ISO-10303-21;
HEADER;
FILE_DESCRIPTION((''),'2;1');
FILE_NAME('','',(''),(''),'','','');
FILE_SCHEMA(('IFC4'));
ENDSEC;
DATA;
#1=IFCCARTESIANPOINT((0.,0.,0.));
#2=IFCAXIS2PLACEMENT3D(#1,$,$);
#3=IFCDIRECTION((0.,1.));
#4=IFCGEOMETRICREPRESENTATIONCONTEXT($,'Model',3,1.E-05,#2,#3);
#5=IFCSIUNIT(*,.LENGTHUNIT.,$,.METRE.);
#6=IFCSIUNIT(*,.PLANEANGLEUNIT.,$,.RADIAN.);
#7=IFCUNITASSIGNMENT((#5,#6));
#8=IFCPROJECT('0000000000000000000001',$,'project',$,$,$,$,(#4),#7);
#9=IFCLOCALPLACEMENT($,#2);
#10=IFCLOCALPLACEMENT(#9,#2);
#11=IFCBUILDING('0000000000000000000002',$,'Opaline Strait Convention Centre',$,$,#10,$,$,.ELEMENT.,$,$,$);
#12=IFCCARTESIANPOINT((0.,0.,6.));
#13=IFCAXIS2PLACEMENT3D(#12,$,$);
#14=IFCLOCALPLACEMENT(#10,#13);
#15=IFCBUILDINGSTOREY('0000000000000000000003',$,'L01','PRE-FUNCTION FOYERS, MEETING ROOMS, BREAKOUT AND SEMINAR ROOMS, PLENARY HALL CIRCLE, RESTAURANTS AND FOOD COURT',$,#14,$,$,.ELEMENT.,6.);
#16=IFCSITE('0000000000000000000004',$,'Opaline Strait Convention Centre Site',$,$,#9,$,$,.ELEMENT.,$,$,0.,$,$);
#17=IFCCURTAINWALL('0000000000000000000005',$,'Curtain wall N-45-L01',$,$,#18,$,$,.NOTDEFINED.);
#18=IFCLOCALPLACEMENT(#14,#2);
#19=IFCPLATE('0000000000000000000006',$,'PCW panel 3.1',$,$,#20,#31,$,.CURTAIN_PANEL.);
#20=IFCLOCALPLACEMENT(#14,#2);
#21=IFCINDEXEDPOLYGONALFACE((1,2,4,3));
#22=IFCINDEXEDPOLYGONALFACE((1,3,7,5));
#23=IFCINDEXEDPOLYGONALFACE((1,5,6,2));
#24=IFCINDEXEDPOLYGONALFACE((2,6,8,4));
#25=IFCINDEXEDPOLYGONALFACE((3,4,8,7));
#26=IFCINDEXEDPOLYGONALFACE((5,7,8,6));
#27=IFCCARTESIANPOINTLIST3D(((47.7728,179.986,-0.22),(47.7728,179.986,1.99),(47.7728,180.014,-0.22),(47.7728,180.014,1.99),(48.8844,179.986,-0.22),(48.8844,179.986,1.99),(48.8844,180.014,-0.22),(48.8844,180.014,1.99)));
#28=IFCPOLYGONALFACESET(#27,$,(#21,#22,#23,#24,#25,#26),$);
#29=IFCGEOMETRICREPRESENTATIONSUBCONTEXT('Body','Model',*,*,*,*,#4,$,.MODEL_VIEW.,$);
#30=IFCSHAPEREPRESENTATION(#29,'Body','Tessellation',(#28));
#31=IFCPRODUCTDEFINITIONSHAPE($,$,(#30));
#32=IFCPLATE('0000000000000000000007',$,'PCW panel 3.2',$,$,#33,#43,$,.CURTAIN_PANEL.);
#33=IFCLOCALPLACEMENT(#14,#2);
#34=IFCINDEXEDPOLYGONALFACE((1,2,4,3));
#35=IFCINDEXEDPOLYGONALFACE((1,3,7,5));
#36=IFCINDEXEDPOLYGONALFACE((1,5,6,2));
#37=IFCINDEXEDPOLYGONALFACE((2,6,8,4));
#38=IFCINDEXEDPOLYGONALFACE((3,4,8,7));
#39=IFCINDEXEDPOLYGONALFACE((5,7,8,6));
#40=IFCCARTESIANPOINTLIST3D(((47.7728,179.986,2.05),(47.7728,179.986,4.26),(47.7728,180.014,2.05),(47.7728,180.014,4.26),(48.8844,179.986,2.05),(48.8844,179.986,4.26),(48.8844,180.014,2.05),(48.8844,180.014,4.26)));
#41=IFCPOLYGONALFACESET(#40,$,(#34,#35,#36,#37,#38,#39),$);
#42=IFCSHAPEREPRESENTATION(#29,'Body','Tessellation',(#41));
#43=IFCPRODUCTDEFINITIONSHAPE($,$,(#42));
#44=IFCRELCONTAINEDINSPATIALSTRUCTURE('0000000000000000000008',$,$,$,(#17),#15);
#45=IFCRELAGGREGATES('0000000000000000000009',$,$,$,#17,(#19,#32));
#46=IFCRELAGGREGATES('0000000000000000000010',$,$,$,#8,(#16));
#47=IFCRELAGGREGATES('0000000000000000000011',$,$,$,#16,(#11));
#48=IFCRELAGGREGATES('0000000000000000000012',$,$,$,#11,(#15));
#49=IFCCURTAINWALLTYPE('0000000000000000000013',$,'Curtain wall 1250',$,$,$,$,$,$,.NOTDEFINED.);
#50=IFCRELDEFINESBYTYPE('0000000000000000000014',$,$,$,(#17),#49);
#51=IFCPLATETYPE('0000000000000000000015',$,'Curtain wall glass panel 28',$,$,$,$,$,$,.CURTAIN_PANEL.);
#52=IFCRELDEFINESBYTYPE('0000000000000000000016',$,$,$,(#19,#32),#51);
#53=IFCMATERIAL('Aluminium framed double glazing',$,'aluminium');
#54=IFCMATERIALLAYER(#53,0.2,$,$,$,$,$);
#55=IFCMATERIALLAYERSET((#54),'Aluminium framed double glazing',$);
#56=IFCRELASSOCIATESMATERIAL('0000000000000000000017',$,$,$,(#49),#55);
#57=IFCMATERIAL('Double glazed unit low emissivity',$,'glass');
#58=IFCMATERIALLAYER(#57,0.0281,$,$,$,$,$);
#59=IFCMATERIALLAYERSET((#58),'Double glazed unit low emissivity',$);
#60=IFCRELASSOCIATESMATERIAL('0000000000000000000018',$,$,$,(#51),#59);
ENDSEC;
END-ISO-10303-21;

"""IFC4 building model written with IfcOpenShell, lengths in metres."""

from ifc_helpers import new_model, si_unit, direction, frame, origin, origin_2d, place, context, subcontext, project, spatial, rectangle, extrude, material, layer, layer_set, type_object, element, aggregate, save


model = new_model("IFC4")

# Units and contexts
model_context = context("Model", 3, precision=1e-05, world=origin(), true_north=direction((0.0, 1.0)))
body_context = subcontext(model_context, "Body", "Model", "MODEL_VIEW")
ifc_project = project(units=[si_unit("LENGTHUNIT", "METRE"), si_unit("PLANEANGLEUNIT", "RADIAN")], contexts=[model_context])

# Site, building, storey
site_placement = place(None, origin())
site = spatial("IfcSite", under=ifc_project, at=site_placement, Name="Opaline Strait Convention Centre Site", CompositionType="ELEMENT", RefElevation=0.0)
building_placement = place(site_placement, origin())
building = spatial("IfcBuilding", under=site, at=building_placement, Name="Opaline Strait Convention Centre", CompositionType="ELEMENT")
storey_placement = place(building_placement, frame((0.0, 0.0, 6.0)))
storey = spatial("IfcBuildingStorey", under=building, at=storey_placement, Name="L01", Description="PRE-FUNCTION FOYERS, MEETING ROOMS, BREAKOUT AND SEMINAR ROOMS, PLENARY HALL CIRCLE, RESTAURANTS AND FOOD COURT", CompositionType="ELEMENT", Elevation=6.0)

# Shared definitions
ifc_material_1 = material(Name="Aluminium framed double glazing", Category="aluminium")
ifc_layer_1 = layer(ifc_material_1, 0.2)
ifc_layer_set_1 = layer_set([ifc_layer_1], Name="Aluminium framed double glazing")
curtain_wall_type = type_object("IfcCurtainWallType", Name="Curtain wall 1250", PredefinedType="NOTDEFINED", material=ifc_layer_set_1)

# Curtain wall
curtain_wall_1_placement = place(storey_placement, origin())
curtain_wall_1 = element("IfcCurtainWall", 1, at=curtain_wall_1_placement, inside=storey, type_object=curtain_wall_type, Name="Curtain wall N-45-L01", PredefinedType="NOTDEFINED")

# Plates
ifc_material_2 = material(Name="Double glazed unit low emissivity", Category="glass")
ifc_layer_2 = layer(ifc_material_2, 0.0281)
ifc_layer_set_2 = layer_set([ifc_layer_2], Name="Double glazed unit low emissivity")
plate_type = type_object("IfcPlateType", Name="Curtain wall glass panel 28", PredefinedType="CURTAIN_PANEL", material=ifc_layer_set_2)
plate_1_placement = place(storey_placement, frame((48.3286, 180.0, -0.22), z_axis=(0.0, 0.0, 1.0), x_axis=(1.0, 0.0, 0.0)))
plate_1 = element("IfcPlate", 2, at=plate_1_placement, type_object=plate_type, Name="PCW panel 3.1", PredefinedType="CURTAIN_PANEL", context=body_context, shape_type="SweptSolid", body=[
    extrude(rectangle(XDim=1.1116, YDim=0.0281, at=origin_2d()), origin(), (0.0, 0.0, 1.0), 2.21),
])
plate_2_placement = place(storey_placement, frame((48.3286, 180.0, 2.05), z_axis=(0.0, 0.0, 1.0), x_axis=(1.0, 0.0, 0.0)))
plate_2 = element("IfcPlate", 3, at=plate_2_placement, type_object=plate_type, Name="PCW panel 3.2", PredefinedType="CURTAIN_PANEL", context=body_context, shape_type="SweptSolid", body=[
    extrude(rectangle(XDim=1.1116, YDim=0.0281, at=origin_2d()), origin(), (0.0, 0.0, 1.0), 2.21),
])
aggregate(curtain_wall_1, [plate_1, plate_2])

save(model, "model.ifc")
